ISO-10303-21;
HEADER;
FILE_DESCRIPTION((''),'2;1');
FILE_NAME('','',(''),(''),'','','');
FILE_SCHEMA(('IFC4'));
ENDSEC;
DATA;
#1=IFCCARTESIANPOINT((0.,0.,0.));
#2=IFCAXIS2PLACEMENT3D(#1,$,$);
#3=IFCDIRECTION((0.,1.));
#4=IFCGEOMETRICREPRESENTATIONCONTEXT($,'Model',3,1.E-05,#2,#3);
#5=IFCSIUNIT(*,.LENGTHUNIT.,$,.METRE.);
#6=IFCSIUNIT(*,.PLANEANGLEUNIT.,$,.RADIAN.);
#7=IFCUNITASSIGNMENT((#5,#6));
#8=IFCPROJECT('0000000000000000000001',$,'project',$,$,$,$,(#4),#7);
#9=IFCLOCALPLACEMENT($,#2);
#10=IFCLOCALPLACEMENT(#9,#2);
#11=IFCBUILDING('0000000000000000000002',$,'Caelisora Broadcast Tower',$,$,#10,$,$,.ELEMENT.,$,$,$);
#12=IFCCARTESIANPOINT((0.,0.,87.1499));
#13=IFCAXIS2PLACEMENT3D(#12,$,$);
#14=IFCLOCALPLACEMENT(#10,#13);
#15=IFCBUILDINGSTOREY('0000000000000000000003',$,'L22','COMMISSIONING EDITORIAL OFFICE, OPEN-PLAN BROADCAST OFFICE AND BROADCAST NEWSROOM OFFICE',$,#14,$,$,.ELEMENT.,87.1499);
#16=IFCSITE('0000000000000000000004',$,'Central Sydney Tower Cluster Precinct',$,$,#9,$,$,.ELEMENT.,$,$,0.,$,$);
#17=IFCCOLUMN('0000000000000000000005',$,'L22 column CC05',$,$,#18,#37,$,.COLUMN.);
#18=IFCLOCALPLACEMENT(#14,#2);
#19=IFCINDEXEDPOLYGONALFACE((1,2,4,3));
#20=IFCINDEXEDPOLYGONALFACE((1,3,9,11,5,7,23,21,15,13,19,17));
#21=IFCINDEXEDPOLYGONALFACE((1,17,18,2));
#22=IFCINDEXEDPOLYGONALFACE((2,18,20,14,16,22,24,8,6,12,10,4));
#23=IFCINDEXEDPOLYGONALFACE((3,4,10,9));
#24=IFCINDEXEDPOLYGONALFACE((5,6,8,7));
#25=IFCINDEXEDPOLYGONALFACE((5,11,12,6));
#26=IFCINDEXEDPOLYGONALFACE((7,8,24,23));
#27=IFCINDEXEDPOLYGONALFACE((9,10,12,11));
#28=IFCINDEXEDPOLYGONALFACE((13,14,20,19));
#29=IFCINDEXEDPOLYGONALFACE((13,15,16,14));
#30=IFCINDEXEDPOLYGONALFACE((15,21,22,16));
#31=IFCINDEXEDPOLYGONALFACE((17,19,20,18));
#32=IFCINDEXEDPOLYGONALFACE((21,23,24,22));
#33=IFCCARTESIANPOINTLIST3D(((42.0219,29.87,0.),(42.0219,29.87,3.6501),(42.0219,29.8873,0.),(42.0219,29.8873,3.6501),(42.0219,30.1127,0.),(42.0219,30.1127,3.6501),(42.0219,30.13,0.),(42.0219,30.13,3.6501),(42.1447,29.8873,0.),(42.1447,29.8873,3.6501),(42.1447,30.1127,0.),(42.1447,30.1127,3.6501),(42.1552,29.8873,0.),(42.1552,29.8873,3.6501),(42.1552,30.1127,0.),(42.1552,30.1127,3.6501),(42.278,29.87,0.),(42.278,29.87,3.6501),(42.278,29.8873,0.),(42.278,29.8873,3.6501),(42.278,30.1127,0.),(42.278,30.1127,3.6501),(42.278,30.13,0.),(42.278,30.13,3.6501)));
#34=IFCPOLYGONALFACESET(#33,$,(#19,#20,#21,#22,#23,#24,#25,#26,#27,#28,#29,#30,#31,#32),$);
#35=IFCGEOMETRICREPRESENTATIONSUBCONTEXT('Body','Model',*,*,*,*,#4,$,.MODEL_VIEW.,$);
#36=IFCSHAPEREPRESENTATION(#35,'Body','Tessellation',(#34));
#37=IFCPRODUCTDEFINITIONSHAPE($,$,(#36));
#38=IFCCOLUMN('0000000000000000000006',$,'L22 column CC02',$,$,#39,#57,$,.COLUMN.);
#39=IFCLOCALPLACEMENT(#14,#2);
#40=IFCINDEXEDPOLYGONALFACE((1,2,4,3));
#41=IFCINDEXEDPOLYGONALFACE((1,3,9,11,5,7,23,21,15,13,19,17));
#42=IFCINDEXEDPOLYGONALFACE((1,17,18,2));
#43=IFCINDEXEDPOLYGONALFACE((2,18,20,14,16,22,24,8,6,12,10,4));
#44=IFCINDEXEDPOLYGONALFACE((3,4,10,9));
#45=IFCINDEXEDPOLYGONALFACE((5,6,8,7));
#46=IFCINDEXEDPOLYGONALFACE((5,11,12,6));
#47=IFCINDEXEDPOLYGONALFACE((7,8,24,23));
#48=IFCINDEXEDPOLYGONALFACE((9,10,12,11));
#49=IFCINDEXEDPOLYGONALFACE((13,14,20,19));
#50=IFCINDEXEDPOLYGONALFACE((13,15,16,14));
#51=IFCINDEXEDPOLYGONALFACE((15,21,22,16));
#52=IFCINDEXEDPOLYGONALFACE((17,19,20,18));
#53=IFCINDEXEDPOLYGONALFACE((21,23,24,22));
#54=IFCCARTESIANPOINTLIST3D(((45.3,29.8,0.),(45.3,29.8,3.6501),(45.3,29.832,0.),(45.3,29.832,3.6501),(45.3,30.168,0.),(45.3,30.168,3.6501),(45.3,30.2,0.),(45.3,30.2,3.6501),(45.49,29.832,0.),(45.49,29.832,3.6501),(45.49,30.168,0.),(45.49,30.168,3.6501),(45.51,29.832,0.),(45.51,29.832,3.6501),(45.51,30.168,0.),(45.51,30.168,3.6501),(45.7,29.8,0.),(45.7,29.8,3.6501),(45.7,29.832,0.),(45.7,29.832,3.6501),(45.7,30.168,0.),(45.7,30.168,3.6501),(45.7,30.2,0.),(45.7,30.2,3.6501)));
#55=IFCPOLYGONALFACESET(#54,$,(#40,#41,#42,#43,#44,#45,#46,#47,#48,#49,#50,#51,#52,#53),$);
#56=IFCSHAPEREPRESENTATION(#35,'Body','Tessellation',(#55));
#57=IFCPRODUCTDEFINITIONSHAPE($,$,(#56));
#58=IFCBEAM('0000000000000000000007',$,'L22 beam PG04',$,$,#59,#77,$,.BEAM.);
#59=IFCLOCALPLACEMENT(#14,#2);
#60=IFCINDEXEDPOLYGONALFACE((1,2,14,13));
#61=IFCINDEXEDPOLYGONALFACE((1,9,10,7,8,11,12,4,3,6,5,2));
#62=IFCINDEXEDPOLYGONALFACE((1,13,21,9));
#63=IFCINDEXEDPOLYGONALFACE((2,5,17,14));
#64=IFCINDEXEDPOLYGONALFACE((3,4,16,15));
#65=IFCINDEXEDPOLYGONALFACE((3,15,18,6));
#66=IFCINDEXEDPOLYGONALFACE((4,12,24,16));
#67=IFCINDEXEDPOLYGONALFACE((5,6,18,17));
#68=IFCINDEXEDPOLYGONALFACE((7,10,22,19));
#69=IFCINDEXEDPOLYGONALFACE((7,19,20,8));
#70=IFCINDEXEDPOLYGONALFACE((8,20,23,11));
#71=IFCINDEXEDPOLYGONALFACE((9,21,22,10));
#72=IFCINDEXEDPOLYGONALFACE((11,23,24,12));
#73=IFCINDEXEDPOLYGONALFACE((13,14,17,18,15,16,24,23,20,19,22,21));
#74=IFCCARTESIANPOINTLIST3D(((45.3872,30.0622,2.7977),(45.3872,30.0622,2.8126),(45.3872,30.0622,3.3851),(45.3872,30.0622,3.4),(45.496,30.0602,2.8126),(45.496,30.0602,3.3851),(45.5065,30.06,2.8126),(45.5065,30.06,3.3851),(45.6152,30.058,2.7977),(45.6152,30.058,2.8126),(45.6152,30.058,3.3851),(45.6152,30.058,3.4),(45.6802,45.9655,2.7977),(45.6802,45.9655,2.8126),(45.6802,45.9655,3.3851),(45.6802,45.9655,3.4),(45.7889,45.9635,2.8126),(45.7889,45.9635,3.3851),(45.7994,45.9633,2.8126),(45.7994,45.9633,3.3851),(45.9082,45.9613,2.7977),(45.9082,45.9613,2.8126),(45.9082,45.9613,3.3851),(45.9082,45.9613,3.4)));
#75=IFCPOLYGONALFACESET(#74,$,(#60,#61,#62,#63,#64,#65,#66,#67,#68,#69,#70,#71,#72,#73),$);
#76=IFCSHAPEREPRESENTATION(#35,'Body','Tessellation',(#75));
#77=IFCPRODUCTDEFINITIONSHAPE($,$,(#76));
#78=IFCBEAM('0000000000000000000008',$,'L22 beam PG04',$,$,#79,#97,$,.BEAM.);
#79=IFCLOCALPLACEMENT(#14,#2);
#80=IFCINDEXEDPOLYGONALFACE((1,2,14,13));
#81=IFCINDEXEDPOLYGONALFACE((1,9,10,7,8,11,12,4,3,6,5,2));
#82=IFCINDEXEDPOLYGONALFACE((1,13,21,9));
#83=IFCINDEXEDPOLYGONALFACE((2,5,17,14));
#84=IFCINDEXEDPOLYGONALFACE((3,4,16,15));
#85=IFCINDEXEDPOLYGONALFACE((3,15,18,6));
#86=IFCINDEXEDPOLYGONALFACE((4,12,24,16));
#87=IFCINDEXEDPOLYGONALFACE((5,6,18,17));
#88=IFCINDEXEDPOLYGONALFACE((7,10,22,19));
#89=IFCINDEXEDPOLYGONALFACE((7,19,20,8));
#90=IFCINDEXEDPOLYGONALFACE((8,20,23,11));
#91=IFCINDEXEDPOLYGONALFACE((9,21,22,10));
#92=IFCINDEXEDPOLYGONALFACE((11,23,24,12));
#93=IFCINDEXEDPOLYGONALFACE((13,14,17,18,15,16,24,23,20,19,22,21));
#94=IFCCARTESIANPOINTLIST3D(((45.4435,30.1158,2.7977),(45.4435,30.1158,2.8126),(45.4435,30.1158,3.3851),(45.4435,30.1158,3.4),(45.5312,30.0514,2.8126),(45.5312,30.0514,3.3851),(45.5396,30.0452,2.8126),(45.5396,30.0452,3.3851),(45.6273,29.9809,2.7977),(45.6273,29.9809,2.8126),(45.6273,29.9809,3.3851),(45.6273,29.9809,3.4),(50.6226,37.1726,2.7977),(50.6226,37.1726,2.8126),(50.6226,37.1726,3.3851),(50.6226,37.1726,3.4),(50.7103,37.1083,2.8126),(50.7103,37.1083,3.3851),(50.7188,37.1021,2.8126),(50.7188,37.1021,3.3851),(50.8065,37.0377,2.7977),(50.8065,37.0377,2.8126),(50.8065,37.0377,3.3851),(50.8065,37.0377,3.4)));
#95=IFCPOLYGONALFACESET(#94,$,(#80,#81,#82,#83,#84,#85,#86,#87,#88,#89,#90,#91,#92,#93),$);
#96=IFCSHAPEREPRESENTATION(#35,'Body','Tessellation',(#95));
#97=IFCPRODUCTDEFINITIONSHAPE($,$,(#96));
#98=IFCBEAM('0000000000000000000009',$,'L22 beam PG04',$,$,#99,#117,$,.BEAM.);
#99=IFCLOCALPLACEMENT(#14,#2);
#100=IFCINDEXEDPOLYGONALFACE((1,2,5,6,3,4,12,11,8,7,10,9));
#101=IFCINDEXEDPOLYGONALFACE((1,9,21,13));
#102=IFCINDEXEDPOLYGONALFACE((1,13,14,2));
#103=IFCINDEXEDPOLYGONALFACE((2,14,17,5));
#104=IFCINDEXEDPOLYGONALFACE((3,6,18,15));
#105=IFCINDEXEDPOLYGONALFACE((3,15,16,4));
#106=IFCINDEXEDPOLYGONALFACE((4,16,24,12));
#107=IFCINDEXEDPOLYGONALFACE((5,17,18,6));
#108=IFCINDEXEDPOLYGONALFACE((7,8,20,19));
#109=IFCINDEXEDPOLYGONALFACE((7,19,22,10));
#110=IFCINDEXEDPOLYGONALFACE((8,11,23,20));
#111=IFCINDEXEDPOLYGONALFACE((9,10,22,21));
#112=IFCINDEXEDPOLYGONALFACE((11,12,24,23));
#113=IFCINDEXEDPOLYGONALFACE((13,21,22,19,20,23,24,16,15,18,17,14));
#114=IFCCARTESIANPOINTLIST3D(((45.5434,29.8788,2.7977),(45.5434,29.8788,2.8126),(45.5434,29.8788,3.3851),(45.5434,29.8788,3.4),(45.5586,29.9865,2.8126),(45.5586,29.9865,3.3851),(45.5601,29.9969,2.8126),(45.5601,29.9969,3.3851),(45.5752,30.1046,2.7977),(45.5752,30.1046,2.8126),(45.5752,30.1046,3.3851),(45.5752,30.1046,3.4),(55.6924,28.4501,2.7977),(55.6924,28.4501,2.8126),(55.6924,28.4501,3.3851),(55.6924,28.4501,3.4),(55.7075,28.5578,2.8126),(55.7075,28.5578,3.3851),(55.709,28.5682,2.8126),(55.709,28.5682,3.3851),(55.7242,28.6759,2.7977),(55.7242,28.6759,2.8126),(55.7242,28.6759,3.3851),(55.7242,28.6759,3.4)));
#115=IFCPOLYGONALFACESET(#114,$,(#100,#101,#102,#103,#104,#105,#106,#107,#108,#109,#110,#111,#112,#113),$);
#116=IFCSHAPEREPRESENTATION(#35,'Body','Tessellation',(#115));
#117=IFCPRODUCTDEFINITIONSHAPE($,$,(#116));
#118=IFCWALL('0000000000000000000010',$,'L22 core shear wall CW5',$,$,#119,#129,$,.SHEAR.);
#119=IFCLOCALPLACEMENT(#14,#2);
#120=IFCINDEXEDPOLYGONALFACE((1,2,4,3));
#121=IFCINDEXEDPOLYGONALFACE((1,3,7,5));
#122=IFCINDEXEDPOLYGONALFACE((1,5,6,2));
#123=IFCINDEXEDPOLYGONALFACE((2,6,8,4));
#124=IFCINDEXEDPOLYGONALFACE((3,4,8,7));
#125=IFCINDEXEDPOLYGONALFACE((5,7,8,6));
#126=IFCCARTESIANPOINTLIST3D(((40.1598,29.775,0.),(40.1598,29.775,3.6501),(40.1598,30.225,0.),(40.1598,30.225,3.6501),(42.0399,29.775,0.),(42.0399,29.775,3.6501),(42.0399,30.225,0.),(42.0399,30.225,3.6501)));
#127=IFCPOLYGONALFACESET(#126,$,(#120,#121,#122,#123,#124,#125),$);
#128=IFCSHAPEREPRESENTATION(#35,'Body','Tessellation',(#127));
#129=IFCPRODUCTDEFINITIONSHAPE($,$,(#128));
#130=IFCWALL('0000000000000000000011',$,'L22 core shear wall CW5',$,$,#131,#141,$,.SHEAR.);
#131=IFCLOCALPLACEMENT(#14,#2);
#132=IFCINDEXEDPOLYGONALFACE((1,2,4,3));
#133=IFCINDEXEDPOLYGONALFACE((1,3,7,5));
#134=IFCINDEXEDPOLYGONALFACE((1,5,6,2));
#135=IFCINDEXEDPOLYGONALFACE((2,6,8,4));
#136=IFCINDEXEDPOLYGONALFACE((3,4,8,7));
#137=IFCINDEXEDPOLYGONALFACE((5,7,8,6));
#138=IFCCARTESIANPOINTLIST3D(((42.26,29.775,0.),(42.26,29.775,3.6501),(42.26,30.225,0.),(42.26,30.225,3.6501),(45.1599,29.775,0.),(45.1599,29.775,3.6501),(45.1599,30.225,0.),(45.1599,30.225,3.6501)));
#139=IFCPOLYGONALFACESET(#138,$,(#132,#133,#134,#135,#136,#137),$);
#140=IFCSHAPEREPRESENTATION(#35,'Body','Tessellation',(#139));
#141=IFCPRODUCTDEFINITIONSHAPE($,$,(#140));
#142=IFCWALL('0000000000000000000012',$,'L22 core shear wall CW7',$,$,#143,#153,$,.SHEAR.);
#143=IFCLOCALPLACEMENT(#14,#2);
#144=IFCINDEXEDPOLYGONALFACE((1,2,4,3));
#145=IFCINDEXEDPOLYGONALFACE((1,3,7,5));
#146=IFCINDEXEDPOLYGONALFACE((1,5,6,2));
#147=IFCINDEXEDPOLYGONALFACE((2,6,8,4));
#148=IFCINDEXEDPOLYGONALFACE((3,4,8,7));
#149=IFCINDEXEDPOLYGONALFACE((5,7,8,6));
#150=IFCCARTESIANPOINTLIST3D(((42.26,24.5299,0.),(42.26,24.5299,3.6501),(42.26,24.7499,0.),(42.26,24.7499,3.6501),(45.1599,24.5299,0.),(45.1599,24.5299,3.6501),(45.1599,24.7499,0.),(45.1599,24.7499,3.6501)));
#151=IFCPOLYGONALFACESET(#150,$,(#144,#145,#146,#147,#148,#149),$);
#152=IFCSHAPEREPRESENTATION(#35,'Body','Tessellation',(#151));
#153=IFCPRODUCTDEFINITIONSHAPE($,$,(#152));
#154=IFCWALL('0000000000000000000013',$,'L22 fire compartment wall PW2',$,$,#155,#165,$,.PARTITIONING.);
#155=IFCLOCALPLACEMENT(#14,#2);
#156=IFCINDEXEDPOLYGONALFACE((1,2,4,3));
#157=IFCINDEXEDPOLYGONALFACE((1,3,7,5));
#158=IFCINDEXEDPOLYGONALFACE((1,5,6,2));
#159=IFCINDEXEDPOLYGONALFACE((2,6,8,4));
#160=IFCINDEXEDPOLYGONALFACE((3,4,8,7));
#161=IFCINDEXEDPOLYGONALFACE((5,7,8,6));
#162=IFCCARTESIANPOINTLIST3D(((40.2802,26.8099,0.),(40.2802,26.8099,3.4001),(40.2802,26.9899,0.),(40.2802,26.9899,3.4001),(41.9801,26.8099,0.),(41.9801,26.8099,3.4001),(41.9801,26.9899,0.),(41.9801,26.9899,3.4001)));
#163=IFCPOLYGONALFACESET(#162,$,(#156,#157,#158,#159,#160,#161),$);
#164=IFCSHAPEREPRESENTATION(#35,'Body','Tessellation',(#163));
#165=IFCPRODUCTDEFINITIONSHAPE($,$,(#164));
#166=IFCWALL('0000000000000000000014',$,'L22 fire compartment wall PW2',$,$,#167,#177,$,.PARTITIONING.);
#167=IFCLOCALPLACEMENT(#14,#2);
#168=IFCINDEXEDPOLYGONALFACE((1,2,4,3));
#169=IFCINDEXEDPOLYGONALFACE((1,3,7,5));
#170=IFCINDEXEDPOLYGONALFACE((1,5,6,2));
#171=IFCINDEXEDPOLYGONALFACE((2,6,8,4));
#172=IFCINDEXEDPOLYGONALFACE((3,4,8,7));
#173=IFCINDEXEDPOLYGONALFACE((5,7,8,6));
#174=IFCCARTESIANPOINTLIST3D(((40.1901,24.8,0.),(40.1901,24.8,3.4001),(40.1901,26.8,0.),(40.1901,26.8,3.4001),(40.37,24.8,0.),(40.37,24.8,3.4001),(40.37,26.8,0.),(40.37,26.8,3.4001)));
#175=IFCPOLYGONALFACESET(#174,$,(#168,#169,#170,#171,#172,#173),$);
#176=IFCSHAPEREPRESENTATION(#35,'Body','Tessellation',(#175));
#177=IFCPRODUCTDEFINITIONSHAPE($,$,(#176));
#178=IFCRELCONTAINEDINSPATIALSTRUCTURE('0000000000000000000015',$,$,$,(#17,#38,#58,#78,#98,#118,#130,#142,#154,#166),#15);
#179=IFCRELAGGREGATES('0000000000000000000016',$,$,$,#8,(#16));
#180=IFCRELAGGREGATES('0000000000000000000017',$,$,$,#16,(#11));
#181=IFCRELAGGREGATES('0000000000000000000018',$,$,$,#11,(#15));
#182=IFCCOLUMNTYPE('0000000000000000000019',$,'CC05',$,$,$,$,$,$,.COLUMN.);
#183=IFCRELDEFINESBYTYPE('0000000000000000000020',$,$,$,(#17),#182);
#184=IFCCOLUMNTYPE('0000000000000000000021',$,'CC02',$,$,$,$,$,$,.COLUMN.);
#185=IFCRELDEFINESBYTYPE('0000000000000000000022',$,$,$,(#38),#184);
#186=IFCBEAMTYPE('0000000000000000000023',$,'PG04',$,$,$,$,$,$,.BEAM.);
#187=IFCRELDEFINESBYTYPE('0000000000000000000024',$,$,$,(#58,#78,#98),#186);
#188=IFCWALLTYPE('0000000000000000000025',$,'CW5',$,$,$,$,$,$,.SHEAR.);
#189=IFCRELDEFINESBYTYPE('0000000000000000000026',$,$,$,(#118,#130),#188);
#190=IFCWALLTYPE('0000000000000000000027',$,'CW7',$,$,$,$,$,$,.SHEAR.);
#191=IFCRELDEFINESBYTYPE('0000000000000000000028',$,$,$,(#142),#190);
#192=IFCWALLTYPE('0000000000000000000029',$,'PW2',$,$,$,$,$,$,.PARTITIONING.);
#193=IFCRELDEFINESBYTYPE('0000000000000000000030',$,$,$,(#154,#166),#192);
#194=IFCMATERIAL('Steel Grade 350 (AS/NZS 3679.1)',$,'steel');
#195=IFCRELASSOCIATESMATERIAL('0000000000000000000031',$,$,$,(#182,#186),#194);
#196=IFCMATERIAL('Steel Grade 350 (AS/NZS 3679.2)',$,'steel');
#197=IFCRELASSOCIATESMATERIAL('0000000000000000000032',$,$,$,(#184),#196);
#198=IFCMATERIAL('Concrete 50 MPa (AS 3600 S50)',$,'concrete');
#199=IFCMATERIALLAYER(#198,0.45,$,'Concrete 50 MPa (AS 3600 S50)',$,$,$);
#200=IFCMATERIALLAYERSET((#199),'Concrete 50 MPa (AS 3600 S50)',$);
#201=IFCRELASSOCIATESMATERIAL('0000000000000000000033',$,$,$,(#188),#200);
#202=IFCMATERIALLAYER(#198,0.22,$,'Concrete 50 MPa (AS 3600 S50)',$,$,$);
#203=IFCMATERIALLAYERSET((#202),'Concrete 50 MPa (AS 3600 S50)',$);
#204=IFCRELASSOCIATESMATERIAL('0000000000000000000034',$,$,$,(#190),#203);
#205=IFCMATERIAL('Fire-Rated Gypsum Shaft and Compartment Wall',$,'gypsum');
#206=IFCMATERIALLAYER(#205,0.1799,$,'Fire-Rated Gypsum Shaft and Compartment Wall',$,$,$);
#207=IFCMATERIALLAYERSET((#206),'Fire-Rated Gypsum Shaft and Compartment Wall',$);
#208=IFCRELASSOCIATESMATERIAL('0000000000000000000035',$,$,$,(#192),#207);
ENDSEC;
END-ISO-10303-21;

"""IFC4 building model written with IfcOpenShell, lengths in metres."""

from ifc_helpers import new_model, si_unit, direction, frame, frame_2d, origin, origin_2d, place, context, subcontext, project, spatial, rectangle, i_section, extrude, source, transform, mapped, material, layer, layer_set, material_profile, profile_set, type_object, type_shapes, element, save


model = new_model("IFC4")

# Units and contexts
model_context = context("Model", 3, precision=1e-05, world=origin(), true_north=direction((0.0, 1.0)))
body_context = subcontext(model_context, "Body", "Model", "MODEL_VIEW")
ifc_project = project(units=[si_unit("LENGTHUNIT", "METRE"), si_unit("PLANEANGLEUNIT", "RADIAN")], contexts=[model_context])

# Site, building, storey
site_placement = place(None, origin())
site = spatial("IfcSite", under=ifc_project, at=site_placement, Name="Central Sydney Tower Cluster Precinct", CompositionType="ELEMENT", RefElevation=0.0)
building_placement = place(site_placement, origin())
building = spatial("IfcBuilding", under=site, at=building_placement, Name="Caelisora Broadcast Tower", CompositionType="ELEMENT")
storey_placement = place(building_placement, frame((0.0, 0.0, 87.1499)))
storey = spatial("IfcBuildingStorey", under=building, at=storey_placement, Name="L22", Description="COMMISSIONING EDITORIAL OFFICE, OPEN-PLAN BROADCAST OFFICE AND BROADCAST NEWSROOM OFFICE", CompositionType="ELEMENT", Elevation=87.1499)

# Columns
ifc_material_1 = material(Name="Steel Grade 350 (AS/NZS 3679.1)", Category="steel")
ifc_material_profile_1 = material_profile(ifc_material_1, i_section(OverallWidth=0.2561, OverallDepth=0.26, WebThickness=0.0105, FlangeThickness=0.0173, at=origin_2d()), Name="Steel Grade 350 (AS/NZS 3679.1)")
ifc_profile_set_1 = profile_set([ifc_material_profile_1], Name="Steel Grade 350 (AS/NZS 3679.1)")
column_type_1 = type_object("IfcColumnType", Name="CC05", PredefinedType="COLUMN", material=ifc_profile_set_1)
shared_shape_1 = source(origin(), body_context, "Body", "SweptSolid", [
    extrude(i_section(OverallWidth=0.2561, OverallDepth=0.26, WebThickness=0.0105, FlangeThickness=0.0173, at=origin_2d()), origin(), (0.0, 0.0, 1.0), 3.6501),
])
type_shapes(column_type_1, [shared_shape_1])
column_1_placement = place(storey_placement, frame((42.1499, 30.0, 0.0), z_axis=(0.0, 0.0, 1.0), x_axis=(1.0, 0.0, 0.0)))
element("IfcColumn", 1, at=column_1_placement, inside=storey, type_object=column_type_1, Name="L22 column CC05", PredefinedType="COLUMN", context=body_context, shape_type="MappedRepresentation", body=[
    mapped(shared_shape_1, transform((0.0, 0.0, 0.0), scale=1.0)),
])
ifc_material_2 = material(Name="Steel Grade 350 (AS/NZS 3679.2)", Category="steel")
ifc_material_profile_2 = material_profile(ifc_material_2, i_section(OverallWidth=0.3999, OverallDepth=0.3999, WebThickness=0.02, FlangeThickness=0.032, at=origin_2d()), Name="Steel Grade 350 (AS/NZS 3679.2)")
ifc_profile_set_2 = profile_set([ifc_material_profile_2], Name="Steel Grade 350 (AS/NZS 3679.2)")
column_type_2 = type_object("IfcColumnType", Name="CC02", PredefinedType="COLUMN", material=ifc_profile_set_2)
shared_shape_2 = source(origin(), body_context, "Body", "SweptSolid", [
    extrude(i_section(OverallWidth=0.3999, OverallDepth=0.3999, WebThickness=0.02, FlangeThickness=0.032, at=origin_2d()), origin(), (0.0, 0.0, 1.0), 3.6501),
])
type_shapes(column_type_2, [shared_shape_2])
column_2_placement = place(storey_placement, frame((45.5, 30.0, 0.0), z_axis=(0.0, 0.0, 1.0), x_axis=(1.0, 0.0, 0.0)))
element("IfcColumn", 2, at=column_2_placement, inside=storey, type_object=column_type_2, Name="L22 column CC02", PredefinedType="COLUMN", context=body_context, shape_type="MappedRepresentation", body=[
    mapped(shared_shape_2, transform((0.0, 0.0, 0.0), scale=1.0)),
])

# Beams
ifc_material_profile_3 = material_profile(ifc_material_1, i_section(OverallWidth=0.228, OverallDepth=0.6023, WebThickness=0.0105, FlangeThickness=0.0149, at=origin_2d()), Name="Steel Grade 350 (AS/NZS 3679.1)")
ifc_profile_set_3 = profile_set([ifc_material_profile_3], Name="Steel Grade 350 (AS/NZS 3679.1)")
beam_type = type_object("IfcBeamType", Name="PG04", PredefinedType="BEAM", material=ifc_profile_set_3)
shared_shape_3 = source(origin(), body_context, "Body", "SweptSolid", [
    extrude(i_section(OverallWidth=0.228, OverallDepth=0.6023, WebThickness=0.0105, FlangeThickness=0.0149, at=origin_2d()), origin(), (0.0, 0.0, 1.0), 15.906),
])
beam_1_placement = place(storey_placement, frame((45.5012, 30.0601, 3.0989), z_axis=(0.018419, 0.99983, 0.0), x_axis=(-0.99983, 0.018419, 0.0)))
element("IfcBeam", 3, at=beam_1_placement, inside=storey, type_object=beam_type, Name="L22 beam PG04", PredefinedType="BEAM", context=body_context, shape_type="MappedRepresentation", body=[
    mapped(shared_shape_3, transform((0.0, 0.0, 0.0), scale=1.0)),
])
shared_shape_4 = source(origin(), body_context, "Body", "SweptSolid", [
    extrude(i_section(OverallWidth=0.228, OverallDepth=0.6023, WebThickness=0.0105, FlangeThickness=0.0149, at=origin_2d()), origin(), (0.0, 0.0, 1.0), 8.7534),
])
beam_2_placement = place(storey_placement, frame((45.5354, 30.0483, 3.0989), z_axis=(0.591672, 0.806179, 0.0), x_axis=(-0.806179, 0.591672, 0.0)))
element("IfcBeam", 4, at=beam_2_placement, inside=storey, type_object=beam_type, Name="L22 beam PG04", PredefinedType="BEAM", context=body_context, shape_type="MappedRepresentation", body=[
    mapped(shared_shape_4, transform((0.0, 0.0, 0.0), scale=1.0)),
])
shared_shape_5 = source(origin(), body_context, "Body", "SweptSolid", [
    extrude(i_section(OverallWidth=0.228, OverallDepth=0.6023, WebThickness=0.0105, FlangeThickness=0.0149, at=origin_2d()), origin(), (0.0, 0.0, 1.0), 10.249),
])
type_shapes(beam_type, [shared_shape_3, shared_shape_4, shared_shape_5])
beam_3_placement = place(storey_placement, frame((45.5593, 29.9917, 3.0989), z_axis=(0.990236, -0.1394, 0.0), x_axis=(0.1394, 0.990236, 0.0)))
element("IfcBeam", 5, at=beam_3_placement, inside=storey, type_object=beam_type, Name="L22 beam PG04", PredefinedType="BEAM", context=body_context, shape_type="MappedRepresentation", body=[
    mapped(shared_shape_5, transform((0.0, 0.0, 0.0), scale=1.0)),
])

# Walls
ifc_material_3 = material(Name="Concrete 50 MPa (AS 3600 S50)", Category="concrete")
ifc_layer_1 = layer(ifc_material_3, 0.45, Name="Concrete 50 MPa (AS 3600 S50)")
ifc_layer_set_1 = layer_set([ifc_layer_1], Name="Concrete 50 MPa (AS 3600 S50)")
wall_type_1 = type_object("IfcWallType", Name="CW5", PredefinedType="SHEAR", material=ifc_layer_set_1)
wall_1_placement = place(storey_placement, frame((40.1599, 30.0, 0.0), z_axis=(0.0, 0.0, 1.0), x_axis=(1.0, 0.0, 0.0)))
element("IfcWall", 6, at=wall_1_placement, inside=storey, type_object=wall_type_1, Name="L22 core shear wall CW5", PredefinedType="SHEAR", context=body_context, shape_type="SweptSolid", body=[
    extrude(rectangle(XDim=1.8801, YDim=0.45, at=frame_2d((0.9399, 0.0))), origin(), (0.0, 0.0, 1.0), 3.6501),
])
wall_2_placement = place(storey_placement, frame((42.26, 30.0, 0.0), z_axis=(0.0, 0.0, 1.0), x_axis=(1.0, 0.0, 0.0)))
element("IfcWall", 7, at=wall_2_placement, inside=storey, type_object=wall_type_1, Name="L22 core shear wall CW5", PredefinedType="SHEAR", context=body_context, shape_type="SweptSolid", body=[
    extrude(rectangle(XDim=2.8999, YDim=0.45, at=frame_2d((1.45, 0.0))), origin(), (0.0, 0.0, 1.0), 3.6501),
])
ifc_layer_2 = layer(ifc_material_3, 0.22, Name="Concrete 50 MPa (AS 3600 S50)")
ifc_layer_set_2 = layer_set([ifc_layer_2], Name="Concrete 50 MPa (AS 3600 S50)")
wall_type_2 = type_object("IfcWallType", Name="CW7", PredefinedType="SHEAR", material=ifc_layer_set_2)
wall_3_placement = place(storey_placement, frame((42.26, 24.6399, 0.0), z_axis=(0.0, 0.0, 1.0), x_axis=(1.0, 0.0, 0.0)))
element("IfcWall", 8, at=wall_3_placement, inside=storey, type_object=wall_type_2, Name="L22 core shear wall CW7", PredefinedType="SHEAR", context=body_context, shape_type="SweptSolid", body=[
    extrude(rectangle(XDim=2.8999, YDim=0.22, at=frame_2d((1.45, 0.0))), origin(), (0.0, 0.0, 1.0), 3.6501),
])
ifc_material_4 = material(Name="Fire-Rated Gypsum Shaft and Compartment Wall", Category="gypsum")
ifc_layer_3 = layer(ifc_material_4, 0.1799, Name="Fire-Rated Gypsum Shaft and Compartment Wall")
ifc_layer_set_3 = layer_set([ifc_layer_3], Name="Fire-Rated Gypsum Shaft and Compartment Wall")
wall_type_3 = type_object("IfcWallType", Name="PW2", PredefinedType="PARTITIONING", material=ifc_layer_set_3)
wall_4_placement = place(storey_placement, frame((40.28, 26.8999, 0.0), z_axis=(0.0, 0.0, 1.0), x_axis=(1.0, 0.0, 0.0)))
element("IfcWall", 9, at=wall_4_placement, inside=storey, type_object=wall_type_3, Name="L22 fire compartment wall PW2", PredefinedType="PARTITIONING", context=body_context, shape_type="SweptSolid", body=[
    extrude(rectangle(XDim=1.7, YDim=0.1799, at=frame_2d((0.8501, 0.0))), origin(), (0.0, 0.0, 1.0), 3.4001),
])
wall_5_placement = place(storey_placement, frame((40.28, 24.8, 0.0), z_axis=(0.0, 0.0, 1.0), x_axis=(0.0, 1.0, 0.0)))
element("IfcWall", 10, at=wall_5_placement, inside=storey, type_object=wall_type_3, Name="L22 fire compartment wall PW2", PredefinedType="PARTITIONING", context=body_context, shape_type="SweptSolid", body=[
    extrude(rectangle(XDim=2.0, YDim=0.1799, at=frame_2d((1.0, 0.0))), origin(), (0.0, 0.0, 1.0), 3.4001),
])

save(model, "model.ifc")
